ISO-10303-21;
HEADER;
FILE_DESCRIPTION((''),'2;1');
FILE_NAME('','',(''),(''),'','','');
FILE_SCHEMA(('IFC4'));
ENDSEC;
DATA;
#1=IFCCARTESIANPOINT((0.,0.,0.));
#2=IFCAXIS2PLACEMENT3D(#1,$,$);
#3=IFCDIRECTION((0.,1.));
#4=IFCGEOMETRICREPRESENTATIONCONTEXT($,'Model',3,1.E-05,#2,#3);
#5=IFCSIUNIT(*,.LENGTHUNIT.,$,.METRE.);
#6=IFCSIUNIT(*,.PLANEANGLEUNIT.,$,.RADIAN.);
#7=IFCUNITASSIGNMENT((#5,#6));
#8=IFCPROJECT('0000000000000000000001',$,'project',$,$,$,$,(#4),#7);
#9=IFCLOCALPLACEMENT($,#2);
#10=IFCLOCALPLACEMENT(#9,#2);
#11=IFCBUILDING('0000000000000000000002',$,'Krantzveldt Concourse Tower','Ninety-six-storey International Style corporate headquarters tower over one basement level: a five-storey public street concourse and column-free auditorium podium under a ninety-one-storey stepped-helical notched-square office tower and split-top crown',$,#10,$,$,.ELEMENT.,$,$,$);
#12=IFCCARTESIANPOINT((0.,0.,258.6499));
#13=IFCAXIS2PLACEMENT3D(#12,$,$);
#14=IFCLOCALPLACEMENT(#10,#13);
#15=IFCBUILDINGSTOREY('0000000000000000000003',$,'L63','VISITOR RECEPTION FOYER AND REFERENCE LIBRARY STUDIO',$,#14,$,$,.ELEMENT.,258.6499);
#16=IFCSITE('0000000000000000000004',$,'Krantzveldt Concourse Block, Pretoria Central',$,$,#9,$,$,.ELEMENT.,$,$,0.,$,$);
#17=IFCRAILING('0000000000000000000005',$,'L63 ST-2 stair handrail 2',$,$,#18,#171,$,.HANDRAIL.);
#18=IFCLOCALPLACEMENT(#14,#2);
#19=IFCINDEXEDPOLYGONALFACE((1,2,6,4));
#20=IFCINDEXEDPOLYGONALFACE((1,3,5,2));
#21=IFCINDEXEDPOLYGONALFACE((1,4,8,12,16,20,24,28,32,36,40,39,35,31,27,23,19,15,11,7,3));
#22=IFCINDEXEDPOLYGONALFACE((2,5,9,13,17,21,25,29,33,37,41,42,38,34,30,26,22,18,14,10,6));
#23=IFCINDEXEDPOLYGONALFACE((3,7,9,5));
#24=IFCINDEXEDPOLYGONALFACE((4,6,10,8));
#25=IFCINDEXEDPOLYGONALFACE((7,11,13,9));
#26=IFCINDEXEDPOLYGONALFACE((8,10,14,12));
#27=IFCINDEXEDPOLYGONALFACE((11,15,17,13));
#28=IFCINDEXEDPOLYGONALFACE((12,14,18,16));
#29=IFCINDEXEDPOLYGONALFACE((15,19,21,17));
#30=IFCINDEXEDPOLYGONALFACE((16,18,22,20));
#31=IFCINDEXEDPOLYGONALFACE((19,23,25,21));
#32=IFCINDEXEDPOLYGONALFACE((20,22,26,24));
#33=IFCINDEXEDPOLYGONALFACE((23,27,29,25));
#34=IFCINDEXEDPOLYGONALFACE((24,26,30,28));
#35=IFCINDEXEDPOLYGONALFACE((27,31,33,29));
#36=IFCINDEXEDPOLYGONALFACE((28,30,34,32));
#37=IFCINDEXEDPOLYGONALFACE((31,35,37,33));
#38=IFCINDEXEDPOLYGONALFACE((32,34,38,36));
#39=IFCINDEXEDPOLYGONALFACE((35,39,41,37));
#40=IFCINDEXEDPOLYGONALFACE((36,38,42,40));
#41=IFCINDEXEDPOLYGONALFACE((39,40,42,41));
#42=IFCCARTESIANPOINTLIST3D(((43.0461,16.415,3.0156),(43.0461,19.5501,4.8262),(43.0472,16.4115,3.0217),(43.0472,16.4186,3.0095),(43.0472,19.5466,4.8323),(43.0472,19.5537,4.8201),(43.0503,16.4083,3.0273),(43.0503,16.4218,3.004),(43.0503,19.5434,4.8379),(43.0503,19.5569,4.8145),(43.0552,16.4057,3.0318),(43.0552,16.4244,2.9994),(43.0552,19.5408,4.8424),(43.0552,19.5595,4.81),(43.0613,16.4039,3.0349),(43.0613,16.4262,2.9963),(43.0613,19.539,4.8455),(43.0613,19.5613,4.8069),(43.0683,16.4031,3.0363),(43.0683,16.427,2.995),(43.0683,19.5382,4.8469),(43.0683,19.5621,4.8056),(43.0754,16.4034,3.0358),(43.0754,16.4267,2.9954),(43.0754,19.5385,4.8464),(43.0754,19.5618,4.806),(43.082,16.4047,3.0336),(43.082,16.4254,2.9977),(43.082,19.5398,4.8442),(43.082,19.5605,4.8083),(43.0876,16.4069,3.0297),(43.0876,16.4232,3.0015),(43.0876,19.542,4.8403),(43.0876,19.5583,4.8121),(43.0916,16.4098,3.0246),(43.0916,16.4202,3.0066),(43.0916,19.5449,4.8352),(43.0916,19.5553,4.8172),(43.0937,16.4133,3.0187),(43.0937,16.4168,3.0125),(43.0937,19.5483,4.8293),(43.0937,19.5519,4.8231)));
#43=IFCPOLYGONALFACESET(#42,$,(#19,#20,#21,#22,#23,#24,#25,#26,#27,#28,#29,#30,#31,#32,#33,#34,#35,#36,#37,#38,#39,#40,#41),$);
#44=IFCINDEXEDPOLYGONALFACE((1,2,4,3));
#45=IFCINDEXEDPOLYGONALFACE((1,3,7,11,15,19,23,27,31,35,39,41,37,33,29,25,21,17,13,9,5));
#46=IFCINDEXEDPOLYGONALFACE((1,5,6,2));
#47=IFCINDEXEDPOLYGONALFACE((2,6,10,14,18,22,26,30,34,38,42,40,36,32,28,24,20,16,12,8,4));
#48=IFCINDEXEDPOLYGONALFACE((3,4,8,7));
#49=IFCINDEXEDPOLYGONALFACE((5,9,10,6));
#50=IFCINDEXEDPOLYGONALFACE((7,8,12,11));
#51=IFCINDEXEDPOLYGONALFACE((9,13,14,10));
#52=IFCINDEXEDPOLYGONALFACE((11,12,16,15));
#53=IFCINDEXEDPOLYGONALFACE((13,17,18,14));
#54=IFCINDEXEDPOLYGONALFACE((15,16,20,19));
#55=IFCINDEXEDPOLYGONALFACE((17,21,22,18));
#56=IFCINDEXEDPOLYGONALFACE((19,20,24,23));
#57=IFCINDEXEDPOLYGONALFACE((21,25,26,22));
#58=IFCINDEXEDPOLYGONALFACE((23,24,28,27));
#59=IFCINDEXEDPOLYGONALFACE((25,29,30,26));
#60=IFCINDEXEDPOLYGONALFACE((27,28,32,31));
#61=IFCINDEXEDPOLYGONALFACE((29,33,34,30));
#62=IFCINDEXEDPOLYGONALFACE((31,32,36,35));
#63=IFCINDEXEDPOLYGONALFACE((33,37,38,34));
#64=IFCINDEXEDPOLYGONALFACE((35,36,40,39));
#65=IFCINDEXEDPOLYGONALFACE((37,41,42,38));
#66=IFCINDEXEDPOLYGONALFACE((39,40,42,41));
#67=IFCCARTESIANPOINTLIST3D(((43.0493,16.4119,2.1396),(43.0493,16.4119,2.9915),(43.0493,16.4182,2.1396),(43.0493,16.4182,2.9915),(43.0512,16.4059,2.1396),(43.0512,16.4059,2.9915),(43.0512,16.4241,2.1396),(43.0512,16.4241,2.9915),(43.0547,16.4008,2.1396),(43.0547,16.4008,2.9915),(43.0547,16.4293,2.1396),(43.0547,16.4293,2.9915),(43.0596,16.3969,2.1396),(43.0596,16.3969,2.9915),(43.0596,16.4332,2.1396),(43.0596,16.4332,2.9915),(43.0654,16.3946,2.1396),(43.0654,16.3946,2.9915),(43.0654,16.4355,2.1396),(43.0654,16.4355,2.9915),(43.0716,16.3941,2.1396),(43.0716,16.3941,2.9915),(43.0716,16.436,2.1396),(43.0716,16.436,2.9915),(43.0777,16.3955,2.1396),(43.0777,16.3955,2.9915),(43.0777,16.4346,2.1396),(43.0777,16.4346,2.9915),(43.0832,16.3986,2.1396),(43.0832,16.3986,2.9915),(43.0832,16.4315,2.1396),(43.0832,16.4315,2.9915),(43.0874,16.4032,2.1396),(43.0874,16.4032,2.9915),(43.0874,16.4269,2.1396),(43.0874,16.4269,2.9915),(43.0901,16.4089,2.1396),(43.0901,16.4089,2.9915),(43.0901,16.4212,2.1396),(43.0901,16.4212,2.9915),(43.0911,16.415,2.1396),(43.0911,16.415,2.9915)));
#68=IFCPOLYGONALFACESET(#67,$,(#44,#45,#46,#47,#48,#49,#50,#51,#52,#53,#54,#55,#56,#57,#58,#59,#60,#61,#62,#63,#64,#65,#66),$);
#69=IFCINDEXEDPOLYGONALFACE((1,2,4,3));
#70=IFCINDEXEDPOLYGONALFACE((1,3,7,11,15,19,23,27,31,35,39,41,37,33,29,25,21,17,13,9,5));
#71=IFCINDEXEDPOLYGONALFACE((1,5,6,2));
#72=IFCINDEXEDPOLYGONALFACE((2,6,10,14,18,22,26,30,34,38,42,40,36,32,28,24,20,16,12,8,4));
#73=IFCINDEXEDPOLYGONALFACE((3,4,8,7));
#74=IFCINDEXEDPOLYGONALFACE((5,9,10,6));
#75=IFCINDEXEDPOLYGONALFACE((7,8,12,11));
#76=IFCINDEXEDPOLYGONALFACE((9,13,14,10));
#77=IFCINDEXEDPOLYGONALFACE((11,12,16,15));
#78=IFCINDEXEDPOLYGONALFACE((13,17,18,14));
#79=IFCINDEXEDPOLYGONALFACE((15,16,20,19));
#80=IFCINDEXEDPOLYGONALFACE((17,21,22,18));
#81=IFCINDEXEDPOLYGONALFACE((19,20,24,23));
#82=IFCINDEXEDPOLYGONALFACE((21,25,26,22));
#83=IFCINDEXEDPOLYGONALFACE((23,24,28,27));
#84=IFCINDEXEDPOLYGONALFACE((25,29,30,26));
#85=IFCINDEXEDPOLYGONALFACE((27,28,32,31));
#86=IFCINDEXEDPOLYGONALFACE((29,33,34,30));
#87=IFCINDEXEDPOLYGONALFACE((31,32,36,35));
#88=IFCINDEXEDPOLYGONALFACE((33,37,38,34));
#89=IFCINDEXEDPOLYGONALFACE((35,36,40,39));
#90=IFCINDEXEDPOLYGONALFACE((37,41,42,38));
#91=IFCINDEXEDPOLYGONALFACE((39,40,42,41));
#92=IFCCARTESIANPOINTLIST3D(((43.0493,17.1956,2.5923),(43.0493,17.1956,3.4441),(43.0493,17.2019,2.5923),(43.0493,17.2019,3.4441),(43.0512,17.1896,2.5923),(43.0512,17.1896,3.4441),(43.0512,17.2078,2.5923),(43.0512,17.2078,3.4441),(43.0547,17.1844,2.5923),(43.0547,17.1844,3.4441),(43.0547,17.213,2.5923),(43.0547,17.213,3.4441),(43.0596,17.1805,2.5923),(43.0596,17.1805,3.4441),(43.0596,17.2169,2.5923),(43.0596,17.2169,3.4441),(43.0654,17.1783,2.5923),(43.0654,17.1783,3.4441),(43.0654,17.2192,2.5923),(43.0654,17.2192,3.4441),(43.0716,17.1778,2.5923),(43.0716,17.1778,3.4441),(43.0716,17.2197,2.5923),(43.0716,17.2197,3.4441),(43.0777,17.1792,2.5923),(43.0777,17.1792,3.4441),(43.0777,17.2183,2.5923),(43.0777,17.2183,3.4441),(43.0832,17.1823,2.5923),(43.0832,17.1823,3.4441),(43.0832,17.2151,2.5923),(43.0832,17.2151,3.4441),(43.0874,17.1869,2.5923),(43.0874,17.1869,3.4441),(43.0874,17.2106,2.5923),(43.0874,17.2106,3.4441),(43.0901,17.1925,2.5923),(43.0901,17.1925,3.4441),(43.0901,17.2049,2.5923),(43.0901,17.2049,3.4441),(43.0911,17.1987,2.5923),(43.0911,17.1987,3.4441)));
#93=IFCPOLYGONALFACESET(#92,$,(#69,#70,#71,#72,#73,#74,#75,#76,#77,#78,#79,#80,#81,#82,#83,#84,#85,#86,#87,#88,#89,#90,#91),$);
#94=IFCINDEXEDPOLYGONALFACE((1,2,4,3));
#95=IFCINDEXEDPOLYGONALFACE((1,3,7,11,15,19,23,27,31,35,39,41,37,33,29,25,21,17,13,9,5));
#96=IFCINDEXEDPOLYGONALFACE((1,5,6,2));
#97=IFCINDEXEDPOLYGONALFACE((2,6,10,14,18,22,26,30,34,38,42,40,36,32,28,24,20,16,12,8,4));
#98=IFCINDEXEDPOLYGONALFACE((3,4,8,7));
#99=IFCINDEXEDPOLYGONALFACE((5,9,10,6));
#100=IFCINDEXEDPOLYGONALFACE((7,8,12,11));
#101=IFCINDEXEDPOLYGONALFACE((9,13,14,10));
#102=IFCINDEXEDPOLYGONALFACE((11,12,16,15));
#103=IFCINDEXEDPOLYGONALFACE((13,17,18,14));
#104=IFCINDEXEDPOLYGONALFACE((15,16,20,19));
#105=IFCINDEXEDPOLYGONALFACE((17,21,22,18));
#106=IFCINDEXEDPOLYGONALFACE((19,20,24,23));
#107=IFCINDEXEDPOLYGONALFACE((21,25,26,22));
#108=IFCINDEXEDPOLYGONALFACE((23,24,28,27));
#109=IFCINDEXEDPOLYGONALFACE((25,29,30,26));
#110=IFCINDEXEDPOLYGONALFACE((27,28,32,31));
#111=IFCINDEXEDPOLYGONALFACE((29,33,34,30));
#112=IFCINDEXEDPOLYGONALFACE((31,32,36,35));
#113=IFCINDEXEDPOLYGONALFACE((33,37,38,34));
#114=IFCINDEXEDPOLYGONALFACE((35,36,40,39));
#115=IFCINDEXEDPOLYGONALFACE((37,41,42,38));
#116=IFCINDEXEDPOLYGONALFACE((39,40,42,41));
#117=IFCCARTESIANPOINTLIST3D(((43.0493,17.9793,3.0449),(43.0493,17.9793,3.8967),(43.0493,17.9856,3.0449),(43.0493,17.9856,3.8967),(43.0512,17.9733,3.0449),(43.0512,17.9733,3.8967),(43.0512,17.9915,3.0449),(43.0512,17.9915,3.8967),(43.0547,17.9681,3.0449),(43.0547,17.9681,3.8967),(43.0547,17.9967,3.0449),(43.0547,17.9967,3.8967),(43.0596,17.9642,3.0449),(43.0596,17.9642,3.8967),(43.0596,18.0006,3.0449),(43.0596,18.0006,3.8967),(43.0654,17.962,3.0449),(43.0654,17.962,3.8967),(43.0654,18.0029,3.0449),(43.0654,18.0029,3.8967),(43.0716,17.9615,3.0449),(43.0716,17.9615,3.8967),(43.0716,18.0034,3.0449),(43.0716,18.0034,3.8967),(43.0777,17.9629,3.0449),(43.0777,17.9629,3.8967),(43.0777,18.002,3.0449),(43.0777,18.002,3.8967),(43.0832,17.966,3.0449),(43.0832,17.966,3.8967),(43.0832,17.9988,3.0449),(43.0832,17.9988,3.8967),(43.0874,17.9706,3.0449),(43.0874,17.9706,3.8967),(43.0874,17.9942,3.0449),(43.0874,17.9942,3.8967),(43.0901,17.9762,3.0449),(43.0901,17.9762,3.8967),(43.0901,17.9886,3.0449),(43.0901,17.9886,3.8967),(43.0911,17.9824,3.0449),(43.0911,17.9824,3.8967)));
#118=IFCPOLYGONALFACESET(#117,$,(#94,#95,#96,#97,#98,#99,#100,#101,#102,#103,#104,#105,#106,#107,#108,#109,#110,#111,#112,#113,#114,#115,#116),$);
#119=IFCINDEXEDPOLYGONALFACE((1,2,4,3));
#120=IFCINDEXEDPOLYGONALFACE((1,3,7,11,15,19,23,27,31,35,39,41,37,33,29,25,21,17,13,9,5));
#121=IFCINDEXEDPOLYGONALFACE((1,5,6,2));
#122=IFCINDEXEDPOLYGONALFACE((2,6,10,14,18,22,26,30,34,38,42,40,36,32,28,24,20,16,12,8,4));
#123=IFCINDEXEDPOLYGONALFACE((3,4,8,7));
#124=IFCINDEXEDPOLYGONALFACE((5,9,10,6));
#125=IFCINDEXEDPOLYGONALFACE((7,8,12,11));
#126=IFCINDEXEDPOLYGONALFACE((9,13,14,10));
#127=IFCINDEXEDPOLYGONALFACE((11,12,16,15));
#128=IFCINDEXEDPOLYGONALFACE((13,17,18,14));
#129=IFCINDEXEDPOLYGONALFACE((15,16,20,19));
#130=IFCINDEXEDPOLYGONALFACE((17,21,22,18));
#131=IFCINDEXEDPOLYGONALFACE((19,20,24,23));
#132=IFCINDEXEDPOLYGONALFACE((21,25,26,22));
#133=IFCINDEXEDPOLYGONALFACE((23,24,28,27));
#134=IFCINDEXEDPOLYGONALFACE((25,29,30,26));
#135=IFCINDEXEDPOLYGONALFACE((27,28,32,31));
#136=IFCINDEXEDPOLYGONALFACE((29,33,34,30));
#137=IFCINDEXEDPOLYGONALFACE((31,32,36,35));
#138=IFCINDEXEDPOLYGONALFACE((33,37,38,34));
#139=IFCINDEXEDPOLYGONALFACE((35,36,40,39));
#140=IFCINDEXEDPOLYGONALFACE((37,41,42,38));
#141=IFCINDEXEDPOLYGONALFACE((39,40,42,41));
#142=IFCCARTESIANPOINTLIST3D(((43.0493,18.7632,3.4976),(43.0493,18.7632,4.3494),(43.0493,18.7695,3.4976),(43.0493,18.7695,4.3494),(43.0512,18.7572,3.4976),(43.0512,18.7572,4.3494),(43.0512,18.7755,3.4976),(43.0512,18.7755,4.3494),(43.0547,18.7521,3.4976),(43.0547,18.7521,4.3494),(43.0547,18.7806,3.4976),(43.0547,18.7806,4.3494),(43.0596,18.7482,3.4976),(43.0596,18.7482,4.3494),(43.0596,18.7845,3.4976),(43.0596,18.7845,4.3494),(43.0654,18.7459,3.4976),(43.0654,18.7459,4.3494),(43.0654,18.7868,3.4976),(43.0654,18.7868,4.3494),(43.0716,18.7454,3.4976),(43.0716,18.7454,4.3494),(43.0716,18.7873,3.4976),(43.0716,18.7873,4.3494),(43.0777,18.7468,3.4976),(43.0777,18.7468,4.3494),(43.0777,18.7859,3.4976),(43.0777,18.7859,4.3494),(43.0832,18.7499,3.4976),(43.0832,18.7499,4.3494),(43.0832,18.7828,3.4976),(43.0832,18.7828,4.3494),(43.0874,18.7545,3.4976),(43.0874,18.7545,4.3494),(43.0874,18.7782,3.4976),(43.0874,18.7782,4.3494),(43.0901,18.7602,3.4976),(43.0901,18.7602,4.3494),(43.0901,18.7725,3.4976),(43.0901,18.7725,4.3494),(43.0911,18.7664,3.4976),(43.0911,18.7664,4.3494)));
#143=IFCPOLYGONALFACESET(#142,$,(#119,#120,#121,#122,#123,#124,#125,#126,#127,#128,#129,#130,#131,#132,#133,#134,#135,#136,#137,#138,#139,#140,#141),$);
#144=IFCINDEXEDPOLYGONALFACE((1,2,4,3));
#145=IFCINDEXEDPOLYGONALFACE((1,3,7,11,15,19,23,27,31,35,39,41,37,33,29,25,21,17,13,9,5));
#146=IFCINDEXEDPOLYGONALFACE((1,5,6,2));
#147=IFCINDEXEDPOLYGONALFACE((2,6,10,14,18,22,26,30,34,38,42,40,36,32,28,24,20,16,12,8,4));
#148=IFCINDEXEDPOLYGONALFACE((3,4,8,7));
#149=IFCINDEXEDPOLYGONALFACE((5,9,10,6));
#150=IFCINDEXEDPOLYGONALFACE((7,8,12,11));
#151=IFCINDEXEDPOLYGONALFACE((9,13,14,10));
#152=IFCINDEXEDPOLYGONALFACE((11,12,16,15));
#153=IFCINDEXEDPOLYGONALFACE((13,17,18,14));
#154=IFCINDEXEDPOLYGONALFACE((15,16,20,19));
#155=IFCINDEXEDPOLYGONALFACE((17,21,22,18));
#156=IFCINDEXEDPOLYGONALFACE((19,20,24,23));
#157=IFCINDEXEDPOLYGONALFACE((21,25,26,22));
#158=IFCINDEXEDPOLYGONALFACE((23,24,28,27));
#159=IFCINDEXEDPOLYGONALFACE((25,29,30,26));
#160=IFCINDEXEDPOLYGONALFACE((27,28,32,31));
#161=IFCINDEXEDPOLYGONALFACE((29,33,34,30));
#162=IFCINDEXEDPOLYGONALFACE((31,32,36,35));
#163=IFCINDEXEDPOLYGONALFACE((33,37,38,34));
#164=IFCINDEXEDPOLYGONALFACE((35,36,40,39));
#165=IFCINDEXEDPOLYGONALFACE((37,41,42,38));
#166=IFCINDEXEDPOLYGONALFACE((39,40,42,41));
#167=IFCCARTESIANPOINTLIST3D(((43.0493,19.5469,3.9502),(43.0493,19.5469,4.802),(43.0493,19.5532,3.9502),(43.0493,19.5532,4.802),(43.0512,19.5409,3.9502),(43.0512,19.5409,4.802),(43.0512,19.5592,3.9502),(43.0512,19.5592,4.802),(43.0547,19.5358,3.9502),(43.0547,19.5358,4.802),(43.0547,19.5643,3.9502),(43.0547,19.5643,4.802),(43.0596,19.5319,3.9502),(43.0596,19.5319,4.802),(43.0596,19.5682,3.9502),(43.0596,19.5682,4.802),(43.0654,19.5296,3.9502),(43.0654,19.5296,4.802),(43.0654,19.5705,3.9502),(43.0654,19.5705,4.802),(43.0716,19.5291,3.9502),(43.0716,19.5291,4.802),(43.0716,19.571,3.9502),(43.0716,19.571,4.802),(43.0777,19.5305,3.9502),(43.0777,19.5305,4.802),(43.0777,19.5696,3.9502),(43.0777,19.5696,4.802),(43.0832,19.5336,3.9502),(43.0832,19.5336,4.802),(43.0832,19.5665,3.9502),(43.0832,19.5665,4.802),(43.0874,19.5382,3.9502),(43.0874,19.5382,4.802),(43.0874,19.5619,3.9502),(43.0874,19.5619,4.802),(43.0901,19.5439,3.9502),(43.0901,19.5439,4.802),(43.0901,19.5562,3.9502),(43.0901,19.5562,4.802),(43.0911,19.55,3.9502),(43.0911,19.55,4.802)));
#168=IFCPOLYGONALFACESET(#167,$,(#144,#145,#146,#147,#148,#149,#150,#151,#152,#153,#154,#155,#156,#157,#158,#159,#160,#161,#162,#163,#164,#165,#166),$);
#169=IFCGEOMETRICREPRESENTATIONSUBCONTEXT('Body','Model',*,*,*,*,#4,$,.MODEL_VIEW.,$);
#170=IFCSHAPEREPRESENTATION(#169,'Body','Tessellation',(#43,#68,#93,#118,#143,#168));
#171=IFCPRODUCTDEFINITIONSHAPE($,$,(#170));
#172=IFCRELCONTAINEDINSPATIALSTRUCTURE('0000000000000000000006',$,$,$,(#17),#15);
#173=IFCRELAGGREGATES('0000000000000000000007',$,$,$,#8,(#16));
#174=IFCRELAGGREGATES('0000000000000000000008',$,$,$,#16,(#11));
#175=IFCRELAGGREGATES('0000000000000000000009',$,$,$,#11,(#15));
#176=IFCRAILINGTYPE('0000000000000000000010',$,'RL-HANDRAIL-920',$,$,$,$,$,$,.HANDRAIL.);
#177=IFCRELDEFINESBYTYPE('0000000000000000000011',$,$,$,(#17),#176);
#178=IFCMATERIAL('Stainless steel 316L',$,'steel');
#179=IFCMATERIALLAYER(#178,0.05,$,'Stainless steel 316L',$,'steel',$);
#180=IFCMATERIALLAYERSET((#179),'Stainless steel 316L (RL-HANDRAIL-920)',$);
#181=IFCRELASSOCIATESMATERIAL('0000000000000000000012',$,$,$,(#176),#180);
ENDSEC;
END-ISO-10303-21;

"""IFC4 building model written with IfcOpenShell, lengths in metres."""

from ifc_helpers import new_model, si_unit, direction, frame, origin, origin_2d, place, context, subcontext, project, spatial, circle, extrude, material, layer, layer_set, type_object, element, save


model = new_model("IFC4")

# Units and contexts
model_context = context("Model", 3, precision=1e-05, world=origin(), true_north=direction((0.0, 1.0)))
body_context = subcontext(model_context, "Body", "Model", "MODEL_VIEW")
ifc_project = project(units=[si_unit("LENGTHUNIT", "METRE"), si_unit("PLANEANGLEUNIT", "RADIAN")], contexts=[model_context])

# Site, building, storey
site_placement = place(None, origin())
site = spatial("IfcSite", under=ifc_project, at=site_placement, Name="Krantzveldt Concourse Block, Pretoria Central", CompositionType="ELEMENT", RefElevation=0.0)
building_placement = place(site_placement, origin())
building = spatial("IfcBuilding", under=site, at=building_placement, Name="Krantzveldt Concourse Tower", Description="Ninety-six-storey International Style corporate headquarters tower over one basement level: a five-storey public street concourse and column-free auditorium podium under a ninety-one-storey stepped-helical notched-square office tower and split-top crown", CompositionType="ELEMENT")
storey_placement = place(building_placement, frame((0.0, 0.0, 258.6499)))
storey = spatial("IfcBuildingStorey", under=building, at=storey_placement, Name="L63", Description="VISITOR RECEPTION FOYER AND REFERENCE LIBRARY STUDIO", CompositionType="ELEMENT", Elevation=258.6499)

# Railing
ifc_material_1 = material(Name="Stainless steel 316L", Category="steel")
ifc_layer_1 = layer(ifc_material_1, 0.05, Name="Stainless steel 316L", Category="steel")
ifc_layer_set_1 = layer_set([ifc_layer_1], Name="Stainless steel 316L (RL-HANDRAIL-920)")
railing_type = type_object("IfcRailingType", Name="RL-HANDRAIL-920", PredefinedType="HANDRAIL", material=ifc_layer_set_1)
railing_placement = place(storey_placement, frame((43.0701, 16.415, 2.1396)))
element("IfcRailing", 1, at=railing_placement, inside=storey, type_object=railing_type, Name="L63 ST-2 stair handrail 2", PredefinedType="HANDRAIL", context=body_context, shape_type="SweptSolid", body=[
    extrude(circle(Radius=0.0239, at=origin_2d()), frame((0.0, 0.0, 0.876), z_axis=(0.0, 0.86596, 0.500114), x_axis=(-1.0, 0.0, 0.0)), (0.0, 0.0, 1.0), 3.6204),
    extrude(circle(Radius=0.021, at=origin_2d()), origin(), (0.0, 0.0, 1.0), 0.8518),
    extrude(circle(Radius=0.021, at=origin_2d()), frame((0.0, 0.7837, 0.4526)), (0.0, 0.0, 1.0), 0.8518),
    extrude(circle(Radius=0.021, at=origin_2d()), frame((0.0, 1.5674, 0.9053)), (0.0, 0.0, 1.0), 0.8518),
    extrude(circle(Radius=0.021, at=origin_2d()), frame((0.0, 2.3513, 1.3579)), (0.0, 0.0, 1.0), 0.8518),
    extrude(circle(Radius=0.021, at=origin_2d()), frame((0.0, 3.135, 1.8105)), (0.0, 0.0, 1.0), 0.8518),
])

save(model, "model.ifc")
